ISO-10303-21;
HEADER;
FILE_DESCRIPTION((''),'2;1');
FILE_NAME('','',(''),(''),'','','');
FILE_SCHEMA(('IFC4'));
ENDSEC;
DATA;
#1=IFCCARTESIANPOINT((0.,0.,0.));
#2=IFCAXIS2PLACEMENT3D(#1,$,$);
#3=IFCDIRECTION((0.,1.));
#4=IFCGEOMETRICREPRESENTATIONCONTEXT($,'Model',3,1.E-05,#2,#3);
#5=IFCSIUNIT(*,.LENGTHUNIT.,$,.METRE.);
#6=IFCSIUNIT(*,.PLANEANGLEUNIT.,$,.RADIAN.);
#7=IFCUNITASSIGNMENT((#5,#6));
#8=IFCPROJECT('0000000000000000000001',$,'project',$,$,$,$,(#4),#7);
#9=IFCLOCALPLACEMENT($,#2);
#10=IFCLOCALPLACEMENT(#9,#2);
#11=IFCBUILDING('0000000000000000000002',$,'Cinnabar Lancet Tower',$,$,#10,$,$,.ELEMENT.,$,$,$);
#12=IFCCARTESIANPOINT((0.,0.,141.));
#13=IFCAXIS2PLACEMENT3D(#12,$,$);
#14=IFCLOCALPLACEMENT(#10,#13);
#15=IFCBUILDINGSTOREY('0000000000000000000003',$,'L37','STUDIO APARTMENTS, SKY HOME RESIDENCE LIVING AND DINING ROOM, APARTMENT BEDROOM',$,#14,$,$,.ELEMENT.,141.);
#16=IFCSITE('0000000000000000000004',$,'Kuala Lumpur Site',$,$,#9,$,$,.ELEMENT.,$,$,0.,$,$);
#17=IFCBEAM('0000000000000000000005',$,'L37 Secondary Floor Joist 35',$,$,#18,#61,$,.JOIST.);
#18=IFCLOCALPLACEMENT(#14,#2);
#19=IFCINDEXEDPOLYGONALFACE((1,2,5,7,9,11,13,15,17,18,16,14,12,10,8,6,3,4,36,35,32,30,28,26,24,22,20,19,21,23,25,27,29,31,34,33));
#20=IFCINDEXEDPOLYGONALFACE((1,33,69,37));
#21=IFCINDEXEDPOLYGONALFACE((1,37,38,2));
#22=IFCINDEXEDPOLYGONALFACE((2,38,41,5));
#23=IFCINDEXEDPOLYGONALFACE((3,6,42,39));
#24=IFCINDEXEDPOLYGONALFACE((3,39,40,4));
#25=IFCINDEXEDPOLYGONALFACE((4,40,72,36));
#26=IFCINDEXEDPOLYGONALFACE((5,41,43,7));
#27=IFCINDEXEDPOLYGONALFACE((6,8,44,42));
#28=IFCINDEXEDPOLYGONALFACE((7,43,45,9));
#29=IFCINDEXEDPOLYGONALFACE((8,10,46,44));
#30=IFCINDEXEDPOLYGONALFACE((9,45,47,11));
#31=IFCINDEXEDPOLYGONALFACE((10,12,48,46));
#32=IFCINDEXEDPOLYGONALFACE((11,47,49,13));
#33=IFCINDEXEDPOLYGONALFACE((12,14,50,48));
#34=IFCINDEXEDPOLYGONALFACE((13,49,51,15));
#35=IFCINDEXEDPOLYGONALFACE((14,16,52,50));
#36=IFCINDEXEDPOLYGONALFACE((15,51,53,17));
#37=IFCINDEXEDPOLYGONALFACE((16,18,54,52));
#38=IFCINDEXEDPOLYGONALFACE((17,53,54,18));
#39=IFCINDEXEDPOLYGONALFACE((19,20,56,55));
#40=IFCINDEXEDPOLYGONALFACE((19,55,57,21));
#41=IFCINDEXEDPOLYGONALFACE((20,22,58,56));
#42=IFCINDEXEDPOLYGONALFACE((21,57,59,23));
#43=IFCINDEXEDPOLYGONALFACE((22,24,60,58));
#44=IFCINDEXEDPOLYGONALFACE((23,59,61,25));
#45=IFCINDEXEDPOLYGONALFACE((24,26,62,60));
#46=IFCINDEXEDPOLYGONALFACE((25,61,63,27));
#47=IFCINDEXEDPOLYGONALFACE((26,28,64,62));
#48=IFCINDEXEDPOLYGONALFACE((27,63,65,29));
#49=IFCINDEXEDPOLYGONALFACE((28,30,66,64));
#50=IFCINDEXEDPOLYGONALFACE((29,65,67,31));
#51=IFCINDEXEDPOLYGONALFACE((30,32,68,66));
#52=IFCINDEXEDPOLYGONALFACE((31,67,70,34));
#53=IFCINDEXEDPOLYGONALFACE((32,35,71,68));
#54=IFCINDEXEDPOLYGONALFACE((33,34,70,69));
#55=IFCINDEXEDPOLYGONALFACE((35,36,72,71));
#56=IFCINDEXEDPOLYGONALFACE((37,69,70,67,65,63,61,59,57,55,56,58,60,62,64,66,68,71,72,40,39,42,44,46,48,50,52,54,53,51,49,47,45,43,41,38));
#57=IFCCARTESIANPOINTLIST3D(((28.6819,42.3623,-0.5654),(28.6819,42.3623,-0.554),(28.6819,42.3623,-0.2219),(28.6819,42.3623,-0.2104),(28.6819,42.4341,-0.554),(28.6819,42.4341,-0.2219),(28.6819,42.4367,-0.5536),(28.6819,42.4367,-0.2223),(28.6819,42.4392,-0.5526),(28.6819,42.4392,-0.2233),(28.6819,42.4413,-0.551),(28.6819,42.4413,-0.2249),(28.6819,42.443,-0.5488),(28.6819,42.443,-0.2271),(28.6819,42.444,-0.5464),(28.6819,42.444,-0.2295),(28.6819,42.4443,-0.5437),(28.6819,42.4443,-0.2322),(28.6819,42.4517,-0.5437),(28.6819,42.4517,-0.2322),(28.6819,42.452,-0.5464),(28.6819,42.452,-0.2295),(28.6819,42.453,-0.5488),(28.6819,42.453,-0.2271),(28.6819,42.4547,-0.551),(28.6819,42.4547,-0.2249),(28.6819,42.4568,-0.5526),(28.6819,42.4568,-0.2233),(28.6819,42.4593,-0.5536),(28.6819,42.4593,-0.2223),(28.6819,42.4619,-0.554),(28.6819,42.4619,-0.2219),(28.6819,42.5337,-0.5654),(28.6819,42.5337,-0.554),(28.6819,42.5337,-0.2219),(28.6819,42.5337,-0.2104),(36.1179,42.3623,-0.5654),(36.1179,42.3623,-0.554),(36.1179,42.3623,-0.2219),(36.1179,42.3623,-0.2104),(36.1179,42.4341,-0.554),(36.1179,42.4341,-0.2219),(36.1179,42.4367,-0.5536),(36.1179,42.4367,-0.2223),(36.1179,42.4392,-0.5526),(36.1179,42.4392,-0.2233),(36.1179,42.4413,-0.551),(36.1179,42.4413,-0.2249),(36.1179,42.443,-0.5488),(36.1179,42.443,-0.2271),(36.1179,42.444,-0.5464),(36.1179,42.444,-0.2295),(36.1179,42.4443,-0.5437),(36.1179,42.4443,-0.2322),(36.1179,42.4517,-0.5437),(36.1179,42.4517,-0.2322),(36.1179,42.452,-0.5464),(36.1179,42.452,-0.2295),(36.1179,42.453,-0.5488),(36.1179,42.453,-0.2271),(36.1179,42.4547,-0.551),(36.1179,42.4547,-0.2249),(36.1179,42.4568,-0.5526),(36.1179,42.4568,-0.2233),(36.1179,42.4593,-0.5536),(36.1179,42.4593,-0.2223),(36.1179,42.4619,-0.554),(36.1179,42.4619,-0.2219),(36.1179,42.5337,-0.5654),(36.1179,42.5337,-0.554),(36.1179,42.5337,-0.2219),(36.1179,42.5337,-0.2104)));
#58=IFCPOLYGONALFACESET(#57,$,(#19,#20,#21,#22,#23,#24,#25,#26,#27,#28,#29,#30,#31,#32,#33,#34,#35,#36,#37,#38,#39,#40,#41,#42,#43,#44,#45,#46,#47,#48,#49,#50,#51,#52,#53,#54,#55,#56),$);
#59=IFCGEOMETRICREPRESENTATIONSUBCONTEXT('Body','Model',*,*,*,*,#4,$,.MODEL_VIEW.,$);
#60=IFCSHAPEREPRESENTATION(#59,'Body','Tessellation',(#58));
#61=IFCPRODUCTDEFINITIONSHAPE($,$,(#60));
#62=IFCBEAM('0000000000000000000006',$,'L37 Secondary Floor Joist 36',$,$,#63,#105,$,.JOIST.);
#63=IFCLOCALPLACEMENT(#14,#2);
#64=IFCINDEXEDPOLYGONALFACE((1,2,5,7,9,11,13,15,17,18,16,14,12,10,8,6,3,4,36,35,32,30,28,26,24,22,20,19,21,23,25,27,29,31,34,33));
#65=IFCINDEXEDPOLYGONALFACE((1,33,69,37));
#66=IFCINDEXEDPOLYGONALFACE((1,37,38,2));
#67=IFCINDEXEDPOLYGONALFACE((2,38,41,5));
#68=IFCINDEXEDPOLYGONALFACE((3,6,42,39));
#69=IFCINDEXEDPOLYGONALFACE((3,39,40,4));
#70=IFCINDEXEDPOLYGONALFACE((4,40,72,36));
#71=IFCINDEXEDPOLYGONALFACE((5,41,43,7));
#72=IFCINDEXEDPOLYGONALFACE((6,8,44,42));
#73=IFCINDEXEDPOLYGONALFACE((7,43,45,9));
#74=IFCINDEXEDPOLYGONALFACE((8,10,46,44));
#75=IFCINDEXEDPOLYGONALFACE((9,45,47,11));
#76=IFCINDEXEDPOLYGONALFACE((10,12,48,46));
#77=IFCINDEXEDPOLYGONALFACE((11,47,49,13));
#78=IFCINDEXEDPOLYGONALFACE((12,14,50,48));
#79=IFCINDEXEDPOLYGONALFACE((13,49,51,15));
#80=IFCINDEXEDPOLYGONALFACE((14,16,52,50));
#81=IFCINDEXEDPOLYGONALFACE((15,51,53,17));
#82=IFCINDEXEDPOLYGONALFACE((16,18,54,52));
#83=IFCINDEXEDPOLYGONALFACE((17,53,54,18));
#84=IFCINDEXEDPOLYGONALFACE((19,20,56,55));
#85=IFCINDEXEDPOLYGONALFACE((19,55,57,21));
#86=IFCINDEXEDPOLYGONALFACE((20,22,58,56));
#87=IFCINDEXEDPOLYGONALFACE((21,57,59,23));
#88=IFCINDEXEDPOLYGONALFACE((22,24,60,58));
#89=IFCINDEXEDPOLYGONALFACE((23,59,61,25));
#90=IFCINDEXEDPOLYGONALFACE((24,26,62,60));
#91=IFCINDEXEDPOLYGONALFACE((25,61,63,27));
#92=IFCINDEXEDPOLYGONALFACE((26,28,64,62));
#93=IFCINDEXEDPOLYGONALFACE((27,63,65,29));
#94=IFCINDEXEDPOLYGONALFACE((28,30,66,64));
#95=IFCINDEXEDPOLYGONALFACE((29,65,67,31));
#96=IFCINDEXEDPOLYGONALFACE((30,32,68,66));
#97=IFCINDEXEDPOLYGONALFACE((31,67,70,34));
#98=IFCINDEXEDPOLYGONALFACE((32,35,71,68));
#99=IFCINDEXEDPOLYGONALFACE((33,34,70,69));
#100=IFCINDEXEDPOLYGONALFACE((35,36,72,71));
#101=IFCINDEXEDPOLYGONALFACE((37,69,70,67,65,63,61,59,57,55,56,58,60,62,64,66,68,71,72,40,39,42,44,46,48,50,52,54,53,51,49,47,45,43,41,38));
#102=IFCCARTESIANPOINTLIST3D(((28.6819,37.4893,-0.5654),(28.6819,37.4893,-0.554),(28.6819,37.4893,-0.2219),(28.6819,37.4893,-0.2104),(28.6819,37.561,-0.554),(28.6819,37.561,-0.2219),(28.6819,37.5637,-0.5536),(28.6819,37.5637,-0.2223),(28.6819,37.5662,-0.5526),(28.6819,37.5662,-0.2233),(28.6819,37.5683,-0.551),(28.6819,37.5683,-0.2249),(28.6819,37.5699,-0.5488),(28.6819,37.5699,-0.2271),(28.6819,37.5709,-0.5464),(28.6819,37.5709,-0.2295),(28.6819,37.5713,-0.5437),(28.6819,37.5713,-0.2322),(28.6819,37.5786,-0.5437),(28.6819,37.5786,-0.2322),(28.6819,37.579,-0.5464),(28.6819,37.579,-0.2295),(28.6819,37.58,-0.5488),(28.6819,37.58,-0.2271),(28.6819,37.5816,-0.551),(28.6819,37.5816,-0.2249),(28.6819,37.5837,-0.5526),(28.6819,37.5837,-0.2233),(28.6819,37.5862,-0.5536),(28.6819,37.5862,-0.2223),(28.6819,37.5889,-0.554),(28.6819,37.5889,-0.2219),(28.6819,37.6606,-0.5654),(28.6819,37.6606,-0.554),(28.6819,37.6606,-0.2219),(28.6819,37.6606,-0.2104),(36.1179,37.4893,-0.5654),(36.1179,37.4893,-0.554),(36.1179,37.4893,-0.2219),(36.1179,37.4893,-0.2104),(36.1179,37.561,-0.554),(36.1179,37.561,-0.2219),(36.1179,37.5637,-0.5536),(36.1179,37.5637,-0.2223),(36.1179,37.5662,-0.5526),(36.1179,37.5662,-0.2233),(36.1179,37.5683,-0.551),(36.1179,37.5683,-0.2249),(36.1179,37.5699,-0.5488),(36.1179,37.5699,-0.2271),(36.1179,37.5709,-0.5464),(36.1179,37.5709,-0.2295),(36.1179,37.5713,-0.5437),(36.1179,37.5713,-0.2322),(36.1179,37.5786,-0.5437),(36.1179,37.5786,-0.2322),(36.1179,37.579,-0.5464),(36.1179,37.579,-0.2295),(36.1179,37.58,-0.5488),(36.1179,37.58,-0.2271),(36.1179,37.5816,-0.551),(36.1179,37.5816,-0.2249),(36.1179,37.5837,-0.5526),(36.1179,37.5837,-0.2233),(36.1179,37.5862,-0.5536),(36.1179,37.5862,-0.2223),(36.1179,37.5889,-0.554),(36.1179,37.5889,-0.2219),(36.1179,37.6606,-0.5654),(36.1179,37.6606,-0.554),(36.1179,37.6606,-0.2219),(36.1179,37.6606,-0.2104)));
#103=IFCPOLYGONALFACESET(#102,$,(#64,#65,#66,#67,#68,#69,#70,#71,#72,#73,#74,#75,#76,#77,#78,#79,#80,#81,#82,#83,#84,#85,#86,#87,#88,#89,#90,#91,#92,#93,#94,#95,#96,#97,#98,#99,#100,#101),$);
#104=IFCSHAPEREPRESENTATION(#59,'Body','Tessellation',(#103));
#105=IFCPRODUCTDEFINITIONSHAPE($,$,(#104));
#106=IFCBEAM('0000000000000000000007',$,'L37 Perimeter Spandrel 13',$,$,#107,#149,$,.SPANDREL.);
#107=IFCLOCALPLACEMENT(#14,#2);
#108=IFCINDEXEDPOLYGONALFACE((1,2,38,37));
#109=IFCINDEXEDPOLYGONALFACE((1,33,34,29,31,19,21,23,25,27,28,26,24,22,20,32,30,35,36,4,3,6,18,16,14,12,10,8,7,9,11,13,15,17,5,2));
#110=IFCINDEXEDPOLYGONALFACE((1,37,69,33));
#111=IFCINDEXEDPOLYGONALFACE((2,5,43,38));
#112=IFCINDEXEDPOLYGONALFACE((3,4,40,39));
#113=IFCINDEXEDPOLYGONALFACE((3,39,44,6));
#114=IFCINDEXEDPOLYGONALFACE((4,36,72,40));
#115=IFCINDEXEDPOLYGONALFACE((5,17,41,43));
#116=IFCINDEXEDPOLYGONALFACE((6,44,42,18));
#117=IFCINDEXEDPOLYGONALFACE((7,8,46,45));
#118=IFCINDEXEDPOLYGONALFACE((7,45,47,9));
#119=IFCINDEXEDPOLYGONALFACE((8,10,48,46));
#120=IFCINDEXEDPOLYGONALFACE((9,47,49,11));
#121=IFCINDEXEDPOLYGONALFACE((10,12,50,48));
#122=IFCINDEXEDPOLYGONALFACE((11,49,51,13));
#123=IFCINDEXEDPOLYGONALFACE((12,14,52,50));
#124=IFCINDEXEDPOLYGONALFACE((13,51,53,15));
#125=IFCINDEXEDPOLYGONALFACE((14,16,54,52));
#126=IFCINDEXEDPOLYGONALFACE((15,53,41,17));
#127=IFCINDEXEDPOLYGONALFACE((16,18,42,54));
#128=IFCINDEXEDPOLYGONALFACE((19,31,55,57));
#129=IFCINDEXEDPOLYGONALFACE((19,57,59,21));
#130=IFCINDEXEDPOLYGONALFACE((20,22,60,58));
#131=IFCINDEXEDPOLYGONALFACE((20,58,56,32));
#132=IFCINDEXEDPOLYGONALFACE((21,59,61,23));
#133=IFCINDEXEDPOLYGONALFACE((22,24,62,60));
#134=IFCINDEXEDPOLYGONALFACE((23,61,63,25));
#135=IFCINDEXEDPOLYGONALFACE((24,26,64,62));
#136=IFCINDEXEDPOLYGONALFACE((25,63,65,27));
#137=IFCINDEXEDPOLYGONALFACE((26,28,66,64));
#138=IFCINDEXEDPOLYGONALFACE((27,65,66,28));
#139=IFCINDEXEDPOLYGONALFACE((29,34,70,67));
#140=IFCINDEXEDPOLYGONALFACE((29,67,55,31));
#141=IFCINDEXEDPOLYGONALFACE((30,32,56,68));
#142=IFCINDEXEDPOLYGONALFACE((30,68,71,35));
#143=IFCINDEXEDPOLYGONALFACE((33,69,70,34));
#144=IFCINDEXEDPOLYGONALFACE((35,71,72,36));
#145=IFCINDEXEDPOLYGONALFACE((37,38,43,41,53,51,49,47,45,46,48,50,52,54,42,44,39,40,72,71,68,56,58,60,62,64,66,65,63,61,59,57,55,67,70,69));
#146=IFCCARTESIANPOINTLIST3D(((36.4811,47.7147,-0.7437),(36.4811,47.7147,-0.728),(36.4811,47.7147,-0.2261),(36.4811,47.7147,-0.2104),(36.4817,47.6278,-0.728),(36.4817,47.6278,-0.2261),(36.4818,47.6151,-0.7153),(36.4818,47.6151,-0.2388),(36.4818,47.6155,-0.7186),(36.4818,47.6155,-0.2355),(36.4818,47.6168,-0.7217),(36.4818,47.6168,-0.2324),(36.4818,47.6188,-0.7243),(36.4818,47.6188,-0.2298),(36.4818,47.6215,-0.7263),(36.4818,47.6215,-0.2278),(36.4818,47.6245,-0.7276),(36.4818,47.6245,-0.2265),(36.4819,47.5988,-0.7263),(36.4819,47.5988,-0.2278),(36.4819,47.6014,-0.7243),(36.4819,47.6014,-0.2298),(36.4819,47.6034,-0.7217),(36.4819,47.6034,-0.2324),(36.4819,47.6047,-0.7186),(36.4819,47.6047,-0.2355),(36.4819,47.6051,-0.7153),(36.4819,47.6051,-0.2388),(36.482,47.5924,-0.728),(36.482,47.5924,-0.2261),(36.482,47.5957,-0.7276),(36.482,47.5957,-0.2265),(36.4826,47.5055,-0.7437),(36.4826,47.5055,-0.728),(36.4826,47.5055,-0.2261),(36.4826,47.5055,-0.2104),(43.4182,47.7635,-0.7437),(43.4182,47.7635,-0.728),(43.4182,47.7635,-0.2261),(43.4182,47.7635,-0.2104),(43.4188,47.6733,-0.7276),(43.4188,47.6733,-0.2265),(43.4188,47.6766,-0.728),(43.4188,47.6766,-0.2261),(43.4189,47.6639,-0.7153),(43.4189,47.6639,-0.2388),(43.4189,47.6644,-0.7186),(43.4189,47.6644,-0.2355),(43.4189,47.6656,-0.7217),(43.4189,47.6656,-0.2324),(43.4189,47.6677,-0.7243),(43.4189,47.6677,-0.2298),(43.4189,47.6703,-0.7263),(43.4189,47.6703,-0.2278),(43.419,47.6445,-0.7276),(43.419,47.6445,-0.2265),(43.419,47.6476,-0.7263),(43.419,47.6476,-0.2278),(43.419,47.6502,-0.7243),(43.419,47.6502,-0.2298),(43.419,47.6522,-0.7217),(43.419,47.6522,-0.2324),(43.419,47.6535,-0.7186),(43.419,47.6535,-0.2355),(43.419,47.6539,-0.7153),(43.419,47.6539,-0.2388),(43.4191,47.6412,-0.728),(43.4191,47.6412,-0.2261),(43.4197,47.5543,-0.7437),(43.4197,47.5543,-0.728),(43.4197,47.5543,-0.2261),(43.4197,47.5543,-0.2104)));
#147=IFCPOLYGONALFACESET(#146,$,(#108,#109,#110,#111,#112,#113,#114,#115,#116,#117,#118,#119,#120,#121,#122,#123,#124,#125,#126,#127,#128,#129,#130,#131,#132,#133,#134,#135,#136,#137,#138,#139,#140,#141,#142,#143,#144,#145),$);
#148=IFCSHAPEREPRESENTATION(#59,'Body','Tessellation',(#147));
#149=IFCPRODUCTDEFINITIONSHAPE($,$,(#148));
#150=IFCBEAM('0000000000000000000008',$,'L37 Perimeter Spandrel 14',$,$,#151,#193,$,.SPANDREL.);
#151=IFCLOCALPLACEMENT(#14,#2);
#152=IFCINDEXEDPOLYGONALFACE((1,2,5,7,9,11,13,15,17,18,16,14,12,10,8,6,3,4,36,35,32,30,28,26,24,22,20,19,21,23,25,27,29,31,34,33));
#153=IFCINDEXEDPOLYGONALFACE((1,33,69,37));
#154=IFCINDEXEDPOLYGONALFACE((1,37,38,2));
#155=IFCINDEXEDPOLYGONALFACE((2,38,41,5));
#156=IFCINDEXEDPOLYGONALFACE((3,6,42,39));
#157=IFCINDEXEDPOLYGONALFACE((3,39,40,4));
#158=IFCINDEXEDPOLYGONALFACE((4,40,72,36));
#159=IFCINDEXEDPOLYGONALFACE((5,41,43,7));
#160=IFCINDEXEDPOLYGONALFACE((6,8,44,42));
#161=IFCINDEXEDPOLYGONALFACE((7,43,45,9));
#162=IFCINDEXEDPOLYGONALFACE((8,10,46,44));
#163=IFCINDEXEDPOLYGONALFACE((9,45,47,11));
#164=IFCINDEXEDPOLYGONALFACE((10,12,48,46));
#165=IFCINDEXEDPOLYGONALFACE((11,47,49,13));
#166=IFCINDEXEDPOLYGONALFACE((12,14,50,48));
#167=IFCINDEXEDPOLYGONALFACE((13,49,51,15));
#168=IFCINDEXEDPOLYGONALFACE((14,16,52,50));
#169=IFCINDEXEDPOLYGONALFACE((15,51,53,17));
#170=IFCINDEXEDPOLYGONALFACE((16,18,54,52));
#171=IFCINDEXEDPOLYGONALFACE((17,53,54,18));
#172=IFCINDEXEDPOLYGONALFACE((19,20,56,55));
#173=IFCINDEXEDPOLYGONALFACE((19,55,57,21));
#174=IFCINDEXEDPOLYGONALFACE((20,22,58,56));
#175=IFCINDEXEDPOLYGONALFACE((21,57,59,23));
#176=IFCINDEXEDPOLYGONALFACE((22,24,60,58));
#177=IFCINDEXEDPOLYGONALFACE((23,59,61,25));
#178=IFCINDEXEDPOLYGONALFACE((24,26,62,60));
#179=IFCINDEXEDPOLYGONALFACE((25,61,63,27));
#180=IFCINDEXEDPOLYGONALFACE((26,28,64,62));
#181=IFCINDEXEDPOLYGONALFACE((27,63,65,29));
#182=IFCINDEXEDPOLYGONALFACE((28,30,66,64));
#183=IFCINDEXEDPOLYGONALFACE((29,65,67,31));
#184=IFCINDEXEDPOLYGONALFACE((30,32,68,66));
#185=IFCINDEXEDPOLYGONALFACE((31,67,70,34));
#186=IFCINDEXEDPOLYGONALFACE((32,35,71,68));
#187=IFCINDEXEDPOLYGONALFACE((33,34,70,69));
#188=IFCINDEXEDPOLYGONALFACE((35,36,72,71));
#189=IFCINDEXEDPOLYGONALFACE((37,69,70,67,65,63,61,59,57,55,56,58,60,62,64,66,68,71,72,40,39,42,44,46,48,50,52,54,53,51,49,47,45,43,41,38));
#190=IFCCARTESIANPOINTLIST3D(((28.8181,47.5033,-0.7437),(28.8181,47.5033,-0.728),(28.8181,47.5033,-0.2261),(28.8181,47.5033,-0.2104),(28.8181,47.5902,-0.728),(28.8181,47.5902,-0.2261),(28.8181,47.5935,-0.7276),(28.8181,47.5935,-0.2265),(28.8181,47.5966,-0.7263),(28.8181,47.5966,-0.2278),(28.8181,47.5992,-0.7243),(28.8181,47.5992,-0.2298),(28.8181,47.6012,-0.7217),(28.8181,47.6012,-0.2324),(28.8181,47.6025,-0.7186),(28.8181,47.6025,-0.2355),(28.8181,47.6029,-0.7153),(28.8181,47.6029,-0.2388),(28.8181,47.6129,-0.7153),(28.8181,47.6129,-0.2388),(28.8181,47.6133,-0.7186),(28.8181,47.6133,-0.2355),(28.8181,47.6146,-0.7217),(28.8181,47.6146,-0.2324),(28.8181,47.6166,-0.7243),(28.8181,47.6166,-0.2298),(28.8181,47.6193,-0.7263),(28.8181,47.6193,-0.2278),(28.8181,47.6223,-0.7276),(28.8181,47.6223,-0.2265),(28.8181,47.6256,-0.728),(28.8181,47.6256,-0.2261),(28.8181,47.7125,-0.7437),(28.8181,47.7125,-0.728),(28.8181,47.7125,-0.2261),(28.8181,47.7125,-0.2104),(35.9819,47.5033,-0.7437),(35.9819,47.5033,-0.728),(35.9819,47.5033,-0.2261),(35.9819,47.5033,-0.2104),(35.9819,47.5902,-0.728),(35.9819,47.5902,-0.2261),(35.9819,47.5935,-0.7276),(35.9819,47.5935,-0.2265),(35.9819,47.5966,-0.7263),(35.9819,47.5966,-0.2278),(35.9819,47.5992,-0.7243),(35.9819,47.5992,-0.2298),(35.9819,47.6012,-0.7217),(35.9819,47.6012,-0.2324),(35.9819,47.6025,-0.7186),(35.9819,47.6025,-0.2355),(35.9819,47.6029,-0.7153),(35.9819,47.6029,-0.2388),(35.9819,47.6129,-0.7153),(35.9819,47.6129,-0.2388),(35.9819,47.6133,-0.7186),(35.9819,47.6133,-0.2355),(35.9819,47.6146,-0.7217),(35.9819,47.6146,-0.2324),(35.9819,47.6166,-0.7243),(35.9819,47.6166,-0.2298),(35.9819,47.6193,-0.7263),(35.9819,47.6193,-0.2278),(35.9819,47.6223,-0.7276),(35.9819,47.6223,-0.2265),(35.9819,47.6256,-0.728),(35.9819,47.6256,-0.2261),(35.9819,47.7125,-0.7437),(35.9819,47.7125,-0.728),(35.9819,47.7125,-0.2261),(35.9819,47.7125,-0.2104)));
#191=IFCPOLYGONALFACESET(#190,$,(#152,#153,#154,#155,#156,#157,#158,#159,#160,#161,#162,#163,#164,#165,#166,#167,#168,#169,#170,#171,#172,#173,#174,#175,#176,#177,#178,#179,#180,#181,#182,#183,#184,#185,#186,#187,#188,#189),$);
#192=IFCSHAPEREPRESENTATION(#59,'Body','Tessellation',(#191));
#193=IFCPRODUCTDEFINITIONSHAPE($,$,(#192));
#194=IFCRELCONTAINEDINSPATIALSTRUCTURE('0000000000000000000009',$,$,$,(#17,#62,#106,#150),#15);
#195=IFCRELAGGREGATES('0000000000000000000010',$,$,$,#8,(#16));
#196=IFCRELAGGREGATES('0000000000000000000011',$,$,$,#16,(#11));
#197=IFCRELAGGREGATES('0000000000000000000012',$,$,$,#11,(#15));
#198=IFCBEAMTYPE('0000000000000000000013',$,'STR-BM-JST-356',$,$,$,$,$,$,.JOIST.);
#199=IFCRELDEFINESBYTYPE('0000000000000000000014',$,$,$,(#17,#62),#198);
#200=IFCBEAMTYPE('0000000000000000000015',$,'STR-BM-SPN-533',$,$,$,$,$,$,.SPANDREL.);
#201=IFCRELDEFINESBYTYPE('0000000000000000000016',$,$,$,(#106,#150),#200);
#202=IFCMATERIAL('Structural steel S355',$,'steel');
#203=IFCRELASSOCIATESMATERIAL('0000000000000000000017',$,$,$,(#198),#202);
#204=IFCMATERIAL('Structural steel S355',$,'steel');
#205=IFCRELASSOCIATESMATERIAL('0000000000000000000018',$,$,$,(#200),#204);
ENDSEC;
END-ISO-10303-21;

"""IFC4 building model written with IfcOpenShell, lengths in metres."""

from ifc_helpers import new_model, si_unit, direction, frame, origin, origin_2d, place, context, subcontext, project, spatial, i_section, extrude, material, material_profile, profile_set, type_object, element, save


model = new_model("IFC4")

# Units and contexts
model_context = context("Model", 3, precision=1e-05, world=origin(), true_north=direction((0.0, 1.0)))
body_context = subcontext(model_context, "Body", "Model", "MODEL_VIEW")
ifc_project = project(units=[si_unit("LENGTHUNIT", "METRE"), si_unit("PLANEANGLEUNIT", "RADIAN")], contexts=[model_context])

# Site, building, storey
site_placement = place(None, origin())
site = spatial("IfcSite", under=ifc_project, at=site_placement, Name="Kuala Lumpur Site", CompositionType="ELEMENT", RefElevation=0.0)
building_placement = place(site_placement, origin())
building = spatial("IfcBuilding", under=site, at=building_placement, Name="Cinnabar Lancet Tower", CompositionType="ELEMENT")
storey_placement = place(building_placement, frame((0.0, 0.0, 141.0)))
storey = spatial("IfcBuildingStorey", under=building, at=storey_placement, Name="L37", Description="STUDIO APARTMENTS, SKY HOME RESIDENCE LIVING AND DINING ROOM, APARTMENT BEDROOM", CompositionType="ELEMENT", Elevation=141.0)

# Beams
ifc_material_1 = material(Name="Structural steel S355", Category="steel")
ifc_material_profile_1 = material_profile(ifc_material_1, i_section(OverallWidth=0.1714, OverallDepth=0.355, WebThickness=0.0073, FlangeThickness=0.0115, FilletRadius=0.0103, at=origin_2d()), Name="UKB 356x171x51")
ifc_profile_set_1 = profile_set([ifc_material_profile_1], Name="Structural steel S355")
beam_type_1 = type_object("IfcBeamType", Name="STR-BM-JST-356", PredefinedType="JOIST", material=ifc_profile_set_1)
for number, where, z_axis, x_axis, name in (
    (1, (36.1179, 42.448, -0.3879), (-1.0, 0.0, 0.0), (0.0, -1.0, 0.0), "L37 Secondary Floor Joist 35"),
    (2, (36.1179, 37.575, -0.3879), (-1.0, 0.0, 0.0), (0.0, -1.0, 0.0), "L37 Secondary Floor Joist 36"),
):
    element("IfcBeam", number, at=place(storey_placement, frame(where, z_axis=z_axis, x_axis=x_axis)), inside=storey, type_object=beam_type_1, Name=name, PredefinedType="JOIST", context=body_context, shape_type="SweptSolid", body=[
        extrude(i_section(OverallWidth=0.1714, OverallDepth=0.355, WebThickness=0.0073, FlangeThickness=0.0115, FilletRadius=0.0103, at=origin_2d()), origin(), (0.0, 0.0, 1.0), 7.436),
    ])
ifc_material_2 = material(Name="Structural steel S355", Category="steel")
ifc_material_profile_2 = material_profile(ifc_material_2, i_section(OverallWidth=0.2092, OverallDepth=0.5332, WebThickness=0.01, FlangeThickness=0.0156, FilletRadius=0.0127, at=origin_2d()), Name="UKB 533x210x92")
ifc_profile_set_2 = profile_set([ifc_material_profile_2], Name="Structural steel S355")
beam_type_2 = type_object("IfcBeamType", Name="STR-BM-SPN-533", PredefinedType="SPANDREL", material=ifc_profile_set_2)
beam_1_placement = place(storey_placement, frame((43.4189, 47.6589, -0.4771), z_axis=(-0.999975, -0.007039, 0.0), x_axis=(0.007039, -0.999975, 0.0)))
element("IfcBeam", 3, at=beam_1_placement, inside=storey, type_object=beam_type_2, Name="L37 Perimeter Spandrel 13", PredefinedType="SPANDREL", context=body_context, shape_type="SweptSolid", body=[
    extrude(i_section(OverallWidth=0.2092, OverallDepth=0.5332, WebThickness=0.01, FlangeThickness=0.0156, FilletRadius=0.0127, at=origin_2d()), origin(), (0.0, 0.0, 1.0), 6.9373),
])
beam_2_placement = place(storey_placement, frame((35.9819, 47.6079, -0.4771), z_axis=(-1.0, 0.0, 0.0), x_axis=(0.0, -1.0, 0.0)))
element("IfcBeam", 4, at=beam_2_placement, inside=storey, type_object=beam_type_2, Name="L37 Perimeter Spandrel 14", PredefinedType="SPANDREL", context=body_context, shape_type="SweptSolid", body=[
    extrude(i_section(OverallWidth=0.2092, OverallDepth=0.5332, WebThickness=0.01, FlangeThickness=0.0156, FilletRadius=0.0127, at=origin_2d()), origin(), (0.0, 0.0, 1.0), 7.1638),
])

save(model, "model.ifc")
